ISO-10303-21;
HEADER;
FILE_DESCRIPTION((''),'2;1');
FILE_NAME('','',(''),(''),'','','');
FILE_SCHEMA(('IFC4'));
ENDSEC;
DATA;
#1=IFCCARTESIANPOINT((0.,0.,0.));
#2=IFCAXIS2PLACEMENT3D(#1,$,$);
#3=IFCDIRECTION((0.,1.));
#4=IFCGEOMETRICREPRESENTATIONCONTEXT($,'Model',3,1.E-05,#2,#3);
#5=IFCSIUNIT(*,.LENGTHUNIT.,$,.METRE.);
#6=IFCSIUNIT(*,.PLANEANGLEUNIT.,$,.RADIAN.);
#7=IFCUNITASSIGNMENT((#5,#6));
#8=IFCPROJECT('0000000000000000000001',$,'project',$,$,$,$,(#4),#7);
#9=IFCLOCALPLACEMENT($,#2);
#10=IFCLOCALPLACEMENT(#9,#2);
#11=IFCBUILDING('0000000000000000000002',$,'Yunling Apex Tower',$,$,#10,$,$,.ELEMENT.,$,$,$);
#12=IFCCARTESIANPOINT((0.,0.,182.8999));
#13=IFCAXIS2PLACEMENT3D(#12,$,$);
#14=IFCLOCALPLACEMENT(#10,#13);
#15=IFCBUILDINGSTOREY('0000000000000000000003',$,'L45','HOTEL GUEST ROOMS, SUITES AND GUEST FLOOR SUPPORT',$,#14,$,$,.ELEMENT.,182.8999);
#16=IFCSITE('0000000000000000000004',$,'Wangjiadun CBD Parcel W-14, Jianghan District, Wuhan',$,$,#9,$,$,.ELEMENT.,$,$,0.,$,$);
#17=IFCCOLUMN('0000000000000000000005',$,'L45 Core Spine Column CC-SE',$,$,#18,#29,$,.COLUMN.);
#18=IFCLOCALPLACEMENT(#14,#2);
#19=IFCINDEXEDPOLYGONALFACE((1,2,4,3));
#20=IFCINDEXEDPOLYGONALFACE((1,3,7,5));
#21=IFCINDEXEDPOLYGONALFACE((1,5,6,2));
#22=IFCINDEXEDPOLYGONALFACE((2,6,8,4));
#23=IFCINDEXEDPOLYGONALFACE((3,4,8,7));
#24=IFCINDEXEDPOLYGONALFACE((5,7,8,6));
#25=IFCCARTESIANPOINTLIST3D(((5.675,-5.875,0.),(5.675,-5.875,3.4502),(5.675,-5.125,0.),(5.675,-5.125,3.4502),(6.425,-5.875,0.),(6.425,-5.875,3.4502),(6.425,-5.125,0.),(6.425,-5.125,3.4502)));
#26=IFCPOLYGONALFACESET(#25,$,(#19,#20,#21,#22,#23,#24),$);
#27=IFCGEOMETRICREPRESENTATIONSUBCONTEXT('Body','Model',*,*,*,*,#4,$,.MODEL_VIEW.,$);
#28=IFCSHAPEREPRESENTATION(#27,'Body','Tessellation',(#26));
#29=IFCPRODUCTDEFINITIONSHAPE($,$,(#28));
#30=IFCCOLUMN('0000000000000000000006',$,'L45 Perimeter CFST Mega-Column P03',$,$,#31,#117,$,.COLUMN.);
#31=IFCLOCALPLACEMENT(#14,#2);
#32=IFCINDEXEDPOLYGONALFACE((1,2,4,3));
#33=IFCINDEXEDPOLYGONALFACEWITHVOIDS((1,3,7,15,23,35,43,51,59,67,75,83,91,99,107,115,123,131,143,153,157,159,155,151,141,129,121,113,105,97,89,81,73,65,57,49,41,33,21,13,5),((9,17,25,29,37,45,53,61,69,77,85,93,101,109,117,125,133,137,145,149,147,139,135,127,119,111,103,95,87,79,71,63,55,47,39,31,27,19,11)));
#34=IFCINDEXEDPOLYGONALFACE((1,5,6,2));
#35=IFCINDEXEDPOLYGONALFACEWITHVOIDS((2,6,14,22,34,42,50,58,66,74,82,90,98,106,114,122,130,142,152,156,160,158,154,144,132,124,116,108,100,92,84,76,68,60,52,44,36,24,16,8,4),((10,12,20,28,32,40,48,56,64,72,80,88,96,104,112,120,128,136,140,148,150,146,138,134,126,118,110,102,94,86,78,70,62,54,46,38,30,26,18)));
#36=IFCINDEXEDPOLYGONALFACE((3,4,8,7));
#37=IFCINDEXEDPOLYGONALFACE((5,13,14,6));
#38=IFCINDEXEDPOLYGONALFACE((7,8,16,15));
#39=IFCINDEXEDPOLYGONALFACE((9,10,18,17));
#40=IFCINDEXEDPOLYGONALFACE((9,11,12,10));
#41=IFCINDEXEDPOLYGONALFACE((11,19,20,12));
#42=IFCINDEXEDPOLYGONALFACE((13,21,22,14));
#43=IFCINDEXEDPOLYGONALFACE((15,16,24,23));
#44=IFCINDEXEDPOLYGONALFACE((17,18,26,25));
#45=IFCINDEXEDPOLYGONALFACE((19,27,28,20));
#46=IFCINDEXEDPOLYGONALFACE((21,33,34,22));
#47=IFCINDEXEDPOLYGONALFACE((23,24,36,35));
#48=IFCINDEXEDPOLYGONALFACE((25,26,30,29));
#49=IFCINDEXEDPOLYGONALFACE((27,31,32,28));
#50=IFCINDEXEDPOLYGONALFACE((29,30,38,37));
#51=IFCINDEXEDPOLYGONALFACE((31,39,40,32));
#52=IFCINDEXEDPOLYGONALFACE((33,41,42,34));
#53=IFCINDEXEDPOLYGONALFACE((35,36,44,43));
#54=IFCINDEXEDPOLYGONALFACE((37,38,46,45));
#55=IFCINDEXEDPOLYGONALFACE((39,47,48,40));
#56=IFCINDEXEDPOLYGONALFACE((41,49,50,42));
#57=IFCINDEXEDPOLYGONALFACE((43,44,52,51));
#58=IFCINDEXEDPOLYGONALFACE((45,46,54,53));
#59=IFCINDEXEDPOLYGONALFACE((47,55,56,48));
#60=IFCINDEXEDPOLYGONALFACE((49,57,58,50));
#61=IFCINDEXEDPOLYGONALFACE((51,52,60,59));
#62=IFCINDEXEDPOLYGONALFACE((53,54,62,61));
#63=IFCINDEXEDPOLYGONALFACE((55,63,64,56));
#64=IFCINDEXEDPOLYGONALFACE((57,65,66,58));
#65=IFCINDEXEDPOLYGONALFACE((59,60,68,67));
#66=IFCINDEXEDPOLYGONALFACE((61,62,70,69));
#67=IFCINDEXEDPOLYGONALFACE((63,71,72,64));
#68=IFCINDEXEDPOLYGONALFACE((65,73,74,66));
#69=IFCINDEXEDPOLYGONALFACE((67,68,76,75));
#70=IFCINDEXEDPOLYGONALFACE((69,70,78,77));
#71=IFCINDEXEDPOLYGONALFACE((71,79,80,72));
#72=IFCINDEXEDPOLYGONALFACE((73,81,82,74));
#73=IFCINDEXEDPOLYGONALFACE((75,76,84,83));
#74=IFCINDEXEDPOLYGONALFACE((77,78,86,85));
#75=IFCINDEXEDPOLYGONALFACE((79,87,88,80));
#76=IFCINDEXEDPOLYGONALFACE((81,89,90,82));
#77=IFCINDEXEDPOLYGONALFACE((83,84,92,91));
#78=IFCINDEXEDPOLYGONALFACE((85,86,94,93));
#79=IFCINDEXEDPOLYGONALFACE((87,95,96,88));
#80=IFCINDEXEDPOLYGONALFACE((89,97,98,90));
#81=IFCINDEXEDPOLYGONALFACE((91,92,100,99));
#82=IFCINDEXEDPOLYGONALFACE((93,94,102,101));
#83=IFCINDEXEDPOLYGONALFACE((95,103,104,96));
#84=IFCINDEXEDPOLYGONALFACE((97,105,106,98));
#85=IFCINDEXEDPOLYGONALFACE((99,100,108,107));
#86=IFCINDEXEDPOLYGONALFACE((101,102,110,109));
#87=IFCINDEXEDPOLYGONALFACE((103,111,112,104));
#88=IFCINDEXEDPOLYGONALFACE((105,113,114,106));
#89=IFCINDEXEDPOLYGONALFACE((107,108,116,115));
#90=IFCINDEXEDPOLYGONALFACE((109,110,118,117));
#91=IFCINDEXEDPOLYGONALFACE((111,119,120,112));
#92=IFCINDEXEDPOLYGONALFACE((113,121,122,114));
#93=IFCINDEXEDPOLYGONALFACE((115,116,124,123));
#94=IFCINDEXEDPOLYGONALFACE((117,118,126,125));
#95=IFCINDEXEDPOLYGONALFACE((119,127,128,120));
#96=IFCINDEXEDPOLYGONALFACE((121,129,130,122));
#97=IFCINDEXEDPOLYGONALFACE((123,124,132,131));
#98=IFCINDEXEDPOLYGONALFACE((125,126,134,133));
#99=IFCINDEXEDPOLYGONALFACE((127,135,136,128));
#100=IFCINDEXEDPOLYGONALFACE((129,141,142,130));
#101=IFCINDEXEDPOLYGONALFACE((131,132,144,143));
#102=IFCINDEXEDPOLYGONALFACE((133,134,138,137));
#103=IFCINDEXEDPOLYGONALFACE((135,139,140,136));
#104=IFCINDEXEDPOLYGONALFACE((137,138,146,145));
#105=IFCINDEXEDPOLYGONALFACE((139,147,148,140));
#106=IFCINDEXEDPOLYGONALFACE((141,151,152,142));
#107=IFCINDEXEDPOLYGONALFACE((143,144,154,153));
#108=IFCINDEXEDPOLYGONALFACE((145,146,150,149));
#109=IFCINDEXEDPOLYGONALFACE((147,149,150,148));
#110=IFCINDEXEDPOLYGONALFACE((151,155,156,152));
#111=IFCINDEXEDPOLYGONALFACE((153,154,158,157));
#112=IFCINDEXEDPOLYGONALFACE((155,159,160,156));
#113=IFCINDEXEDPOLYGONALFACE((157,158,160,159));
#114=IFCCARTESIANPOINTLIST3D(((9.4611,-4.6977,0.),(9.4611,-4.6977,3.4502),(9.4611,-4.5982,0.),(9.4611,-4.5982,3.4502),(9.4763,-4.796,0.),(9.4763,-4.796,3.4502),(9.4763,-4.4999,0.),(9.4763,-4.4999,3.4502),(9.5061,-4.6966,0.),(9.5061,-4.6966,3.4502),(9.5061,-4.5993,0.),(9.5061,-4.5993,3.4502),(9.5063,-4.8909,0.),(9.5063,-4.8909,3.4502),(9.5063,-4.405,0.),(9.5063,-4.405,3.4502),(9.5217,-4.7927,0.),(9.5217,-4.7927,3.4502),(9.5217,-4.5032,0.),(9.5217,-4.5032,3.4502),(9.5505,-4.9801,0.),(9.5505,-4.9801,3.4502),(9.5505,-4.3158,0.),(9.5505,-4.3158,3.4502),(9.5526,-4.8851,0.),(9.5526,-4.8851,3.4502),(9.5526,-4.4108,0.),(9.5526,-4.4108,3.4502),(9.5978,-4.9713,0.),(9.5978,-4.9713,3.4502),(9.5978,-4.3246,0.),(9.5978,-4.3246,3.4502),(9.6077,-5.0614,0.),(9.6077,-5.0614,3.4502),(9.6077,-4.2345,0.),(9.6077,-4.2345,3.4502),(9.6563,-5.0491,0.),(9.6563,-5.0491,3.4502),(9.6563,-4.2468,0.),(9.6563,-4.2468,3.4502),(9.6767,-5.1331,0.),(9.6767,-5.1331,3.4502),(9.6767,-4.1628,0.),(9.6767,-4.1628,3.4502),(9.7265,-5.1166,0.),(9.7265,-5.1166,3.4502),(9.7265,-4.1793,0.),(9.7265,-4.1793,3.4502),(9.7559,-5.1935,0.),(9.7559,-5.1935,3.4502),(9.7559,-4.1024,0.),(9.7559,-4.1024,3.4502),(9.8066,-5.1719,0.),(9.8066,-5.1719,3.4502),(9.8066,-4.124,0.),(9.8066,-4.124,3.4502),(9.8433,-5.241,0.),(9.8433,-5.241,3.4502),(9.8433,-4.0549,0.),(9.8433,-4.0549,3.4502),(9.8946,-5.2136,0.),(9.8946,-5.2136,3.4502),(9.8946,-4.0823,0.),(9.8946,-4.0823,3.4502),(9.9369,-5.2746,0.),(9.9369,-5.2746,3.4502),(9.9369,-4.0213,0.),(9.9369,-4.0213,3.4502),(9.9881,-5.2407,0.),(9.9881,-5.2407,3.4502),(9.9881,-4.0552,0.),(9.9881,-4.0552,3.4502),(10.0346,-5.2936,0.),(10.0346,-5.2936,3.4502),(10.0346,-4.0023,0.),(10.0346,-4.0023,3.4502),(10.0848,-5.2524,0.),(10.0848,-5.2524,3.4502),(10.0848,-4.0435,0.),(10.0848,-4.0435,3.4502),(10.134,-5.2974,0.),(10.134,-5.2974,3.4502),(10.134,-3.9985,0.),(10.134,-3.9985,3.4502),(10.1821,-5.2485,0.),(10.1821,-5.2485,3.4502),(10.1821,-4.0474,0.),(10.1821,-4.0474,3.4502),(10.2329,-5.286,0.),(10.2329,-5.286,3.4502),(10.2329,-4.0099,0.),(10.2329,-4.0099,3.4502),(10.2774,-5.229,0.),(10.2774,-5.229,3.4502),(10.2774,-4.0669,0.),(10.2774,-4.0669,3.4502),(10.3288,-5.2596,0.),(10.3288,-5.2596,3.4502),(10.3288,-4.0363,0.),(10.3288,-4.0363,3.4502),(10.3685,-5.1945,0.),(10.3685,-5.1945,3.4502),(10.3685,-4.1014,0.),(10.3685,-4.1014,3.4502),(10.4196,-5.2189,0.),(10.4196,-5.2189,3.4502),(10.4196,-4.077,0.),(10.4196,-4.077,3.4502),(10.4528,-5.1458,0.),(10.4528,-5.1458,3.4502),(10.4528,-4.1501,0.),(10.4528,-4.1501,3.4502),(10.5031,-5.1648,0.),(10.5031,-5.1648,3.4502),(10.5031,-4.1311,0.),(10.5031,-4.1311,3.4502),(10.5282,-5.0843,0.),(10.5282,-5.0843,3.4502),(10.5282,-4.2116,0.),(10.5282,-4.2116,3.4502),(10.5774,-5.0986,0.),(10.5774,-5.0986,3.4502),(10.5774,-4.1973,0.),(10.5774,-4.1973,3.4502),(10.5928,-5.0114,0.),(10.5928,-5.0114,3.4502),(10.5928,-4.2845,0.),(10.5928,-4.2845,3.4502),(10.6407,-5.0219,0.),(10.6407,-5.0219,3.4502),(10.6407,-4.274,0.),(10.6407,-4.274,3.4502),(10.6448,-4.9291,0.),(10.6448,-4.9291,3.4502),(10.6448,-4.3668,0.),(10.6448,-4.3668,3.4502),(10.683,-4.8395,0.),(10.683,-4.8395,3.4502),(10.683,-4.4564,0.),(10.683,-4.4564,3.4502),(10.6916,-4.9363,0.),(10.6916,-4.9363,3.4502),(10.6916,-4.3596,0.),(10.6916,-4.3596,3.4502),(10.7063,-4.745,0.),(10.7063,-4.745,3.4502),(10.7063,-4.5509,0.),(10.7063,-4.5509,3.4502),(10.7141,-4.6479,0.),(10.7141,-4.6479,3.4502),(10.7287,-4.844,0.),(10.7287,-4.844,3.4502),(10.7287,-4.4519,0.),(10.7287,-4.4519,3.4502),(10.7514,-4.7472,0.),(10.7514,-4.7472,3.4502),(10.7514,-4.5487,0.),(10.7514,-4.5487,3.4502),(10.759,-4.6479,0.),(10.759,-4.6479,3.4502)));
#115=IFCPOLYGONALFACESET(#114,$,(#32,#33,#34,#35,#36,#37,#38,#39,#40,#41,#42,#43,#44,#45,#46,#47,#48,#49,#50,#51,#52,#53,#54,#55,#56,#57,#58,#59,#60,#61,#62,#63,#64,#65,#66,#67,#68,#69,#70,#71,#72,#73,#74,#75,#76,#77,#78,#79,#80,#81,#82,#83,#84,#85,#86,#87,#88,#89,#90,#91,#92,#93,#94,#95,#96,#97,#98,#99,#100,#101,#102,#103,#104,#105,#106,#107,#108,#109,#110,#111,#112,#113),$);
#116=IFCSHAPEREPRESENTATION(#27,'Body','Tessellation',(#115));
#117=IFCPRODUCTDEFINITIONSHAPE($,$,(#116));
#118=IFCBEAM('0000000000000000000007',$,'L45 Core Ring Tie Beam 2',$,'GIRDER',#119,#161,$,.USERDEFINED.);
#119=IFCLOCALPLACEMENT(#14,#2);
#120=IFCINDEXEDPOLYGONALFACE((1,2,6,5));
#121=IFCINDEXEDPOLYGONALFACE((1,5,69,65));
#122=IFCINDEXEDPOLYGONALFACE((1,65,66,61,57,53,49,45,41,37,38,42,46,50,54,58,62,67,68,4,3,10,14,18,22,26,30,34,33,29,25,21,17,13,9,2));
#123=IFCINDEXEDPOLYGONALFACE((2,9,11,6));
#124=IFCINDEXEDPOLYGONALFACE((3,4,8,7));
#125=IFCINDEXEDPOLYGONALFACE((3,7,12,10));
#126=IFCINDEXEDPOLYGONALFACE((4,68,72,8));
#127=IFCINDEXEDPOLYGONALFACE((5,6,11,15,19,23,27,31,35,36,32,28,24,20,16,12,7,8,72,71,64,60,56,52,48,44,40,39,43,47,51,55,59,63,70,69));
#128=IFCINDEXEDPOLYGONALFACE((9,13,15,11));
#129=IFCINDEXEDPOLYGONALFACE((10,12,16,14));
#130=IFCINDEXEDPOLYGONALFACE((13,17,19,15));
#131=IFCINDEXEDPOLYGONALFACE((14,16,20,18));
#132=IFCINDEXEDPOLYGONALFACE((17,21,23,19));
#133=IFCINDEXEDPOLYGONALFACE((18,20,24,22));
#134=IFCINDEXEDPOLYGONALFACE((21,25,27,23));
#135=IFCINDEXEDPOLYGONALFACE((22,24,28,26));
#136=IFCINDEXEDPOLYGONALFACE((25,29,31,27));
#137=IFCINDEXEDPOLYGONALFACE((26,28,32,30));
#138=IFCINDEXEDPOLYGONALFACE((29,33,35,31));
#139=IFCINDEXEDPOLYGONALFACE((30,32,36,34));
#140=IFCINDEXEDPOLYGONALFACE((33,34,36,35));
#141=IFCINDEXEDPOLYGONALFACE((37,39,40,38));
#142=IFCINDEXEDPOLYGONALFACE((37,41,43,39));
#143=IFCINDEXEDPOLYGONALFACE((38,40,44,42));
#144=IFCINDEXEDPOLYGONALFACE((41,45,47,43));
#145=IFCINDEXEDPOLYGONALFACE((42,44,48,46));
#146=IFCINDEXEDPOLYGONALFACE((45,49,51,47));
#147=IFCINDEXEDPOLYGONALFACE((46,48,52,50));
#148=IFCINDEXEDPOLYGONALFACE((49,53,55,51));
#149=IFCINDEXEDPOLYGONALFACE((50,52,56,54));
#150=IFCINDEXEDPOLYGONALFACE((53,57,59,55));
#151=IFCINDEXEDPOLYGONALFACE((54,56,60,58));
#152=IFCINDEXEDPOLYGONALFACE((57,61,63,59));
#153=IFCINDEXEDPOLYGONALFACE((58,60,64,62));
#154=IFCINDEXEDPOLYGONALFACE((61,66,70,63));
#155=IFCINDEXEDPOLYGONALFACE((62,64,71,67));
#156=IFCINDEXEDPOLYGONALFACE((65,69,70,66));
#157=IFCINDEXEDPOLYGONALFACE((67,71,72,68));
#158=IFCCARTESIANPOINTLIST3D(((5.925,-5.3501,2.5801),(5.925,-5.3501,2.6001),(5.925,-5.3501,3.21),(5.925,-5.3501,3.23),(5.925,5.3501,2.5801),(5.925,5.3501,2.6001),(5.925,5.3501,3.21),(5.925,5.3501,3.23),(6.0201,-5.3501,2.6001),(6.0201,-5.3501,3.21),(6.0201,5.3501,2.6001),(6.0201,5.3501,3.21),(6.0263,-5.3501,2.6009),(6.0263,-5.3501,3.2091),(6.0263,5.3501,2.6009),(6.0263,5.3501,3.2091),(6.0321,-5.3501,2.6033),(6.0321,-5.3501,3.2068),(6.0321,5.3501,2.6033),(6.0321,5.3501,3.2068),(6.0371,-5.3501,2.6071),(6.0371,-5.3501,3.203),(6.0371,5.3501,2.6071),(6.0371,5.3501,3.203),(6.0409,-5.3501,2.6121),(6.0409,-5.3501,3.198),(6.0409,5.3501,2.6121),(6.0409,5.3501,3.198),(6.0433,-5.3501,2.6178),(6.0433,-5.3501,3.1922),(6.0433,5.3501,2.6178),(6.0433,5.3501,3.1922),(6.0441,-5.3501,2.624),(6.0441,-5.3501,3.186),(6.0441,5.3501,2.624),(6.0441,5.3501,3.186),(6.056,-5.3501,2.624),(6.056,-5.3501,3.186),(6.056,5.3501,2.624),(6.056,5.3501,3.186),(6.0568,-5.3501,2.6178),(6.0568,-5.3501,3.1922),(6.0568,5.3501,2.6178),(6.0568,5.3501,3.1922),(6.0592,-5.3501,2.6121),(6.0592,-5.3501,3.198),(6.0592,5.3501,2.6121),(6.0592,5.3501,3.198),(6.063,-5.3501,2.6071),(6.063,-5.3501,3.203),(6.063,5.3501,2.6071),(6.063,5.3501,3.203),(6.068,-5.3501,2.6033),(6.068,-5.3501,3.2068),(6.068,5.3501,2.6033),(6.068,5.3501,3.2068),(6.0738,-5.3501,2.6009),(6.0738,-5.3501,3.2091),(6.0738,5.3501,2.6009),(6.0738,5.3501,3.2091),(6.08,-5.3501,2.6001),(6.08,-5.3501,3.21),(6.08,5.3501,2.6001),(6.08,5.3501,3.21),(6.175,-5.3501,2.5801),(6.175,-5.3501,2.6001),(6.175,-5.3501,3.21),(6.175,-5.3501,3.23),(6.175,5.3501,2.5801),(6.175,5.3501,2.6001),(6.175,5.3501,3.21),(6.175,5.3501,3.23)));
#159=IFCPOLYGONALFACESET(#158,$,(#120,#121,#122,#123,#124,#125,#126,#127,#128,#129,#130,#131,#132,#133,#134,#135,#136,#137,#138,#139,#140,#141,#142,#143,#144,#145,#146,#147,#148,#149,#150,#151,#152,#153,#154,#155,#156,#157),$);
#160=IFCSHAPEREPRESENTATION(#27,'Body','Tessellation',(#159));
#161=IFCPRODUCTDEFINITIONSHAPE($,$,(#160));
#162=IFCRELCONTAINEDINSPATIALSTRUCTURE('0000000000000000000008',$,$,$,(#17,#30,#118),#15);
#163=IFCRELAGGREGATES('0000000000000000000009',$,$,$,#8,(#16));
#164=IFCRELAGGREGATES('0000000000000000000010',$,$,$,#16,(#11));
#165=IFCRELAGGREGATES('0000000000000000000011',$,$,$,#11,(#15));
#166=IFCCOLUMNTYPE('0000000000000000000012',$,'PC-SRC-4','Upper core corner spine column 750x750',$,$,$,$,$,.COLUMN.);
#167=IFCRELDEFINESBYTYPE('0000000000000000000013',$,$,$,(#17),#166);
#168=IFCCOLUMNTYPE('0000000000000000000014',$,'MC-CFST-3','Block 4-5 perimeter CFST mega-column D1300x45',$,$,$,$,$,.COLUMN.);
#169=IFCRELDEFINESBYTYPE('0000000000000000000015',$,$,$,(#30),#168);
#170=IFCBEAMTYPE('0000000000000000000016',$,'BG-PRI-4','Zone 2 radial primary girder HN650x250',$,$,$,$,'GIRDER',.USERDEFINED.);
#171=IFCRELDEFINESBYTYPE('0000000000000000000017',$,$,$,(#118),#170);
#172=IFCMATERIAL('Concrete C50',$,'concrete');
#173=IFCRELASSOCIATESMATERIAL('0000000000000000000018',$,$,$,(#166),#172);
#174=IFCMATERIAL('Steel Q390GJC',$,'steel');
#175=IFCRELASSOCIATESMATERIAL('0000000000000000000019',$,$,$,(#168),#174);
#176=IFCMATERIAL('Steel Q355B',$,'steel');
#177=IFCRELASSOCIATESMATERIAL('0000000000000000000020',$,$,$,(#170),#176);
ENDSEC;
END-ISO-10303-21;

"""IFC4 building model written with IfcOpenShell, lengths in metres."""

from ifc_helpers import new_model, si_unit, direction, frame, origin, origin_2d, place, context, subcontext, project, spatial, rectangle, hollow_circle, i_section, extrude, source, transform, mapped, material, material_profile, profile_set, type_object, element, save


model = new_model("IFC4")

# Units and contexts
model_context = context("Model", 3, precision=1e-05, world=origin(), true_north=direction((0.0, 1.0)))
body_context = subcontext(model_context, "Body", "Model", "MODEL_VIEW")
ifc_project = project(units=[si_unit("LENGTHUNIT", "METRE"), si_unit("PLANEANGLEUNIT", "RADIAN")], contexts=[model_context])

# Site, building, storey
site_placement = place(None, origin())
site = spatial("IfcSite", under=ifc_project, at=site_placement, Name="Wangjiadun CBD Parcel W-14, Jianghan District, Wuhan", CompositionType="ELEMENT", RefElevation=0.0)
building_placement = place(site_placement, origin())
building = spatial("IfcBuilding", under=site, at=building_placement, Name="Yunling Apex Tower", CompositionType="ELEMENT")
storey_placement = place(building_placement, frame((0.0, 0.0, 182.8999)))
storey = spatial("IfcBuildingStorey", under=building, at=storey_placement, Name="L45", Description="HOTEL GUEST ROOMS, SUITES AND GUEST FLOOR SUPPORT", CompositionType="ELEMENT", Elevation=182.8999)

# Columns
ifc_material_1 = material(Name="Concrete C50", Category="concrete")
ifc_material_profile_1 = material_profile(ifc_material_1, rectangle(XDim=0.75, YDim=0.75, at=origin_2d()))
ifc_profile_set_1 = profile_set([ifc_material_profile_1], Name="Concrete C50")
column_type_1 = type_object("IfcColumnType", Name="PC-SRC-4", Description="Upper core corner spine column 750x750", PredefinedType="COLUMN", material=ifc_profile_set_1)
shared_shape_1 = source(origin(), body_context, "Body", "SweptSolid", [
    extrude(rectangle(XDim=0.75, YDim=0.75, at=origin_2d()), origin(), (0.0, 0.0, 1.0), 3.4502),
])
column_1_placement = place(storey_placement, frame((6.05, -5.5, 0.0), z_axis=(0.0, 0.0, 1.0), x_axis=(1.0, 0.0, 0.0)))
element("IfcColumn", 1, at=column_1_placement, inside=storey, type_object=column_type_1, Name="L45 Core Spine Column CC-SE", PredefinedType="COLUMN", context=body_context, shape_type="MappedRepresentation", body=[
    mapped(shared_shape_1, transform((0.0, 0.0, 0.0), scale=1.0)),
])
ifc_material_2 = material(Name="Steel Q390GJC", Category="steel")
ifc_material_profile_2 = material_profile(ifc_material_2, hollow_circle(Radius=0.6499, WallThickness=0.0449, at=origin_2d()))
ifc_profile_set_2 = profile_set([ifc_material_profile_2], Name="Steel Q390GJC")
column_type_2 = type_object("IfcColumnType", Name="MC-CFST-3", Description="Block 4-5 perimeter CFST mega-column D1300x45", PredefinedType="COLUMN", material=ifc_profile_set_2)
shared_shape_2 = source(origin(), body_context, "Body", "SweptSolid", [
    extrude(hollow_circle(Radius=0.6499, WallThickness=0.0449, at=origin_2d()), origin(), (0.0, 0.0, 1.0), 3.4502),
])
column_2_placement = place(storey_placement, frame((10.1091, -4.6479, 0.0), z_axis=(0.0, 0.0, 1.0), x_axis=(1.0, 0.0, 0.0)))
element("IfcColumn", 2, at=column_2_placement, inside=storey, type_object=column_type_2, Name="L45 Perimeter CFST Mega-Column P03", PredefinedType="COLUMN", context=body_context, shape_type="MappedRepresentation", body=[
    mapped(shared_shape_2, transform((0.0, 0.0, 0.0), scale=1.0)),
])

# Beam
ifc_material_3 = material(Name="Steel Q355B", Category="steel")
ifc_material_profile_3 = material_profile(ifc_material_3, i_section(OverallWidth=0.25, OverallDepth=0.6499, WebThickness=0.012, FlangeThickness=0.02, FilletRadius=0.0239, at=origin_2d()))
ifc_profile_set_3 = profile_set([ifc_material_profile_3], Name="Steel Q355B")
beam_type_1 = type_object("IfcBeamType", Name="BG-PRI-4", Description="Zone 2 radial primary girder HN650x250", ElementType="GIRDER", PredefinedType="USERDEFINED", material=ifc_profile_set_3)
shared_shape_3 = source(origin(), body_context, "Body", "SweptSolid", [
    extrude(i_section(OverallWidth=0.25, OverallDepth=0.6499, WebThickness=0.012, FlangeThickness=0.02, FilletRadius=0.0239, at=origin_2d()), origin(), (0.0, 0.0, 1.0), 10.7002),
])
beam_1_placement = place(storey_placement, frame((6.05, -5.3501, 2.905), z_axis=(0.0, 1.0, 0.0), x_axis=(-1.0, 0.0, 0.0)))
element("IfcBeam", 3, at=beam_1_placement, inside=storey, type_object=beam_type_1, Name="L45 Core Ring Tie Beam 2", ObjectType="GIRDER", PredefinedType="USERDEFINED", context=body_context, shape_type="MappedRepresentation", body=[
    mapped(shared_shape_3, transform((0.0, 0.0, 0.0), scale=1.0)),
])

save(model, "model.ifc")
